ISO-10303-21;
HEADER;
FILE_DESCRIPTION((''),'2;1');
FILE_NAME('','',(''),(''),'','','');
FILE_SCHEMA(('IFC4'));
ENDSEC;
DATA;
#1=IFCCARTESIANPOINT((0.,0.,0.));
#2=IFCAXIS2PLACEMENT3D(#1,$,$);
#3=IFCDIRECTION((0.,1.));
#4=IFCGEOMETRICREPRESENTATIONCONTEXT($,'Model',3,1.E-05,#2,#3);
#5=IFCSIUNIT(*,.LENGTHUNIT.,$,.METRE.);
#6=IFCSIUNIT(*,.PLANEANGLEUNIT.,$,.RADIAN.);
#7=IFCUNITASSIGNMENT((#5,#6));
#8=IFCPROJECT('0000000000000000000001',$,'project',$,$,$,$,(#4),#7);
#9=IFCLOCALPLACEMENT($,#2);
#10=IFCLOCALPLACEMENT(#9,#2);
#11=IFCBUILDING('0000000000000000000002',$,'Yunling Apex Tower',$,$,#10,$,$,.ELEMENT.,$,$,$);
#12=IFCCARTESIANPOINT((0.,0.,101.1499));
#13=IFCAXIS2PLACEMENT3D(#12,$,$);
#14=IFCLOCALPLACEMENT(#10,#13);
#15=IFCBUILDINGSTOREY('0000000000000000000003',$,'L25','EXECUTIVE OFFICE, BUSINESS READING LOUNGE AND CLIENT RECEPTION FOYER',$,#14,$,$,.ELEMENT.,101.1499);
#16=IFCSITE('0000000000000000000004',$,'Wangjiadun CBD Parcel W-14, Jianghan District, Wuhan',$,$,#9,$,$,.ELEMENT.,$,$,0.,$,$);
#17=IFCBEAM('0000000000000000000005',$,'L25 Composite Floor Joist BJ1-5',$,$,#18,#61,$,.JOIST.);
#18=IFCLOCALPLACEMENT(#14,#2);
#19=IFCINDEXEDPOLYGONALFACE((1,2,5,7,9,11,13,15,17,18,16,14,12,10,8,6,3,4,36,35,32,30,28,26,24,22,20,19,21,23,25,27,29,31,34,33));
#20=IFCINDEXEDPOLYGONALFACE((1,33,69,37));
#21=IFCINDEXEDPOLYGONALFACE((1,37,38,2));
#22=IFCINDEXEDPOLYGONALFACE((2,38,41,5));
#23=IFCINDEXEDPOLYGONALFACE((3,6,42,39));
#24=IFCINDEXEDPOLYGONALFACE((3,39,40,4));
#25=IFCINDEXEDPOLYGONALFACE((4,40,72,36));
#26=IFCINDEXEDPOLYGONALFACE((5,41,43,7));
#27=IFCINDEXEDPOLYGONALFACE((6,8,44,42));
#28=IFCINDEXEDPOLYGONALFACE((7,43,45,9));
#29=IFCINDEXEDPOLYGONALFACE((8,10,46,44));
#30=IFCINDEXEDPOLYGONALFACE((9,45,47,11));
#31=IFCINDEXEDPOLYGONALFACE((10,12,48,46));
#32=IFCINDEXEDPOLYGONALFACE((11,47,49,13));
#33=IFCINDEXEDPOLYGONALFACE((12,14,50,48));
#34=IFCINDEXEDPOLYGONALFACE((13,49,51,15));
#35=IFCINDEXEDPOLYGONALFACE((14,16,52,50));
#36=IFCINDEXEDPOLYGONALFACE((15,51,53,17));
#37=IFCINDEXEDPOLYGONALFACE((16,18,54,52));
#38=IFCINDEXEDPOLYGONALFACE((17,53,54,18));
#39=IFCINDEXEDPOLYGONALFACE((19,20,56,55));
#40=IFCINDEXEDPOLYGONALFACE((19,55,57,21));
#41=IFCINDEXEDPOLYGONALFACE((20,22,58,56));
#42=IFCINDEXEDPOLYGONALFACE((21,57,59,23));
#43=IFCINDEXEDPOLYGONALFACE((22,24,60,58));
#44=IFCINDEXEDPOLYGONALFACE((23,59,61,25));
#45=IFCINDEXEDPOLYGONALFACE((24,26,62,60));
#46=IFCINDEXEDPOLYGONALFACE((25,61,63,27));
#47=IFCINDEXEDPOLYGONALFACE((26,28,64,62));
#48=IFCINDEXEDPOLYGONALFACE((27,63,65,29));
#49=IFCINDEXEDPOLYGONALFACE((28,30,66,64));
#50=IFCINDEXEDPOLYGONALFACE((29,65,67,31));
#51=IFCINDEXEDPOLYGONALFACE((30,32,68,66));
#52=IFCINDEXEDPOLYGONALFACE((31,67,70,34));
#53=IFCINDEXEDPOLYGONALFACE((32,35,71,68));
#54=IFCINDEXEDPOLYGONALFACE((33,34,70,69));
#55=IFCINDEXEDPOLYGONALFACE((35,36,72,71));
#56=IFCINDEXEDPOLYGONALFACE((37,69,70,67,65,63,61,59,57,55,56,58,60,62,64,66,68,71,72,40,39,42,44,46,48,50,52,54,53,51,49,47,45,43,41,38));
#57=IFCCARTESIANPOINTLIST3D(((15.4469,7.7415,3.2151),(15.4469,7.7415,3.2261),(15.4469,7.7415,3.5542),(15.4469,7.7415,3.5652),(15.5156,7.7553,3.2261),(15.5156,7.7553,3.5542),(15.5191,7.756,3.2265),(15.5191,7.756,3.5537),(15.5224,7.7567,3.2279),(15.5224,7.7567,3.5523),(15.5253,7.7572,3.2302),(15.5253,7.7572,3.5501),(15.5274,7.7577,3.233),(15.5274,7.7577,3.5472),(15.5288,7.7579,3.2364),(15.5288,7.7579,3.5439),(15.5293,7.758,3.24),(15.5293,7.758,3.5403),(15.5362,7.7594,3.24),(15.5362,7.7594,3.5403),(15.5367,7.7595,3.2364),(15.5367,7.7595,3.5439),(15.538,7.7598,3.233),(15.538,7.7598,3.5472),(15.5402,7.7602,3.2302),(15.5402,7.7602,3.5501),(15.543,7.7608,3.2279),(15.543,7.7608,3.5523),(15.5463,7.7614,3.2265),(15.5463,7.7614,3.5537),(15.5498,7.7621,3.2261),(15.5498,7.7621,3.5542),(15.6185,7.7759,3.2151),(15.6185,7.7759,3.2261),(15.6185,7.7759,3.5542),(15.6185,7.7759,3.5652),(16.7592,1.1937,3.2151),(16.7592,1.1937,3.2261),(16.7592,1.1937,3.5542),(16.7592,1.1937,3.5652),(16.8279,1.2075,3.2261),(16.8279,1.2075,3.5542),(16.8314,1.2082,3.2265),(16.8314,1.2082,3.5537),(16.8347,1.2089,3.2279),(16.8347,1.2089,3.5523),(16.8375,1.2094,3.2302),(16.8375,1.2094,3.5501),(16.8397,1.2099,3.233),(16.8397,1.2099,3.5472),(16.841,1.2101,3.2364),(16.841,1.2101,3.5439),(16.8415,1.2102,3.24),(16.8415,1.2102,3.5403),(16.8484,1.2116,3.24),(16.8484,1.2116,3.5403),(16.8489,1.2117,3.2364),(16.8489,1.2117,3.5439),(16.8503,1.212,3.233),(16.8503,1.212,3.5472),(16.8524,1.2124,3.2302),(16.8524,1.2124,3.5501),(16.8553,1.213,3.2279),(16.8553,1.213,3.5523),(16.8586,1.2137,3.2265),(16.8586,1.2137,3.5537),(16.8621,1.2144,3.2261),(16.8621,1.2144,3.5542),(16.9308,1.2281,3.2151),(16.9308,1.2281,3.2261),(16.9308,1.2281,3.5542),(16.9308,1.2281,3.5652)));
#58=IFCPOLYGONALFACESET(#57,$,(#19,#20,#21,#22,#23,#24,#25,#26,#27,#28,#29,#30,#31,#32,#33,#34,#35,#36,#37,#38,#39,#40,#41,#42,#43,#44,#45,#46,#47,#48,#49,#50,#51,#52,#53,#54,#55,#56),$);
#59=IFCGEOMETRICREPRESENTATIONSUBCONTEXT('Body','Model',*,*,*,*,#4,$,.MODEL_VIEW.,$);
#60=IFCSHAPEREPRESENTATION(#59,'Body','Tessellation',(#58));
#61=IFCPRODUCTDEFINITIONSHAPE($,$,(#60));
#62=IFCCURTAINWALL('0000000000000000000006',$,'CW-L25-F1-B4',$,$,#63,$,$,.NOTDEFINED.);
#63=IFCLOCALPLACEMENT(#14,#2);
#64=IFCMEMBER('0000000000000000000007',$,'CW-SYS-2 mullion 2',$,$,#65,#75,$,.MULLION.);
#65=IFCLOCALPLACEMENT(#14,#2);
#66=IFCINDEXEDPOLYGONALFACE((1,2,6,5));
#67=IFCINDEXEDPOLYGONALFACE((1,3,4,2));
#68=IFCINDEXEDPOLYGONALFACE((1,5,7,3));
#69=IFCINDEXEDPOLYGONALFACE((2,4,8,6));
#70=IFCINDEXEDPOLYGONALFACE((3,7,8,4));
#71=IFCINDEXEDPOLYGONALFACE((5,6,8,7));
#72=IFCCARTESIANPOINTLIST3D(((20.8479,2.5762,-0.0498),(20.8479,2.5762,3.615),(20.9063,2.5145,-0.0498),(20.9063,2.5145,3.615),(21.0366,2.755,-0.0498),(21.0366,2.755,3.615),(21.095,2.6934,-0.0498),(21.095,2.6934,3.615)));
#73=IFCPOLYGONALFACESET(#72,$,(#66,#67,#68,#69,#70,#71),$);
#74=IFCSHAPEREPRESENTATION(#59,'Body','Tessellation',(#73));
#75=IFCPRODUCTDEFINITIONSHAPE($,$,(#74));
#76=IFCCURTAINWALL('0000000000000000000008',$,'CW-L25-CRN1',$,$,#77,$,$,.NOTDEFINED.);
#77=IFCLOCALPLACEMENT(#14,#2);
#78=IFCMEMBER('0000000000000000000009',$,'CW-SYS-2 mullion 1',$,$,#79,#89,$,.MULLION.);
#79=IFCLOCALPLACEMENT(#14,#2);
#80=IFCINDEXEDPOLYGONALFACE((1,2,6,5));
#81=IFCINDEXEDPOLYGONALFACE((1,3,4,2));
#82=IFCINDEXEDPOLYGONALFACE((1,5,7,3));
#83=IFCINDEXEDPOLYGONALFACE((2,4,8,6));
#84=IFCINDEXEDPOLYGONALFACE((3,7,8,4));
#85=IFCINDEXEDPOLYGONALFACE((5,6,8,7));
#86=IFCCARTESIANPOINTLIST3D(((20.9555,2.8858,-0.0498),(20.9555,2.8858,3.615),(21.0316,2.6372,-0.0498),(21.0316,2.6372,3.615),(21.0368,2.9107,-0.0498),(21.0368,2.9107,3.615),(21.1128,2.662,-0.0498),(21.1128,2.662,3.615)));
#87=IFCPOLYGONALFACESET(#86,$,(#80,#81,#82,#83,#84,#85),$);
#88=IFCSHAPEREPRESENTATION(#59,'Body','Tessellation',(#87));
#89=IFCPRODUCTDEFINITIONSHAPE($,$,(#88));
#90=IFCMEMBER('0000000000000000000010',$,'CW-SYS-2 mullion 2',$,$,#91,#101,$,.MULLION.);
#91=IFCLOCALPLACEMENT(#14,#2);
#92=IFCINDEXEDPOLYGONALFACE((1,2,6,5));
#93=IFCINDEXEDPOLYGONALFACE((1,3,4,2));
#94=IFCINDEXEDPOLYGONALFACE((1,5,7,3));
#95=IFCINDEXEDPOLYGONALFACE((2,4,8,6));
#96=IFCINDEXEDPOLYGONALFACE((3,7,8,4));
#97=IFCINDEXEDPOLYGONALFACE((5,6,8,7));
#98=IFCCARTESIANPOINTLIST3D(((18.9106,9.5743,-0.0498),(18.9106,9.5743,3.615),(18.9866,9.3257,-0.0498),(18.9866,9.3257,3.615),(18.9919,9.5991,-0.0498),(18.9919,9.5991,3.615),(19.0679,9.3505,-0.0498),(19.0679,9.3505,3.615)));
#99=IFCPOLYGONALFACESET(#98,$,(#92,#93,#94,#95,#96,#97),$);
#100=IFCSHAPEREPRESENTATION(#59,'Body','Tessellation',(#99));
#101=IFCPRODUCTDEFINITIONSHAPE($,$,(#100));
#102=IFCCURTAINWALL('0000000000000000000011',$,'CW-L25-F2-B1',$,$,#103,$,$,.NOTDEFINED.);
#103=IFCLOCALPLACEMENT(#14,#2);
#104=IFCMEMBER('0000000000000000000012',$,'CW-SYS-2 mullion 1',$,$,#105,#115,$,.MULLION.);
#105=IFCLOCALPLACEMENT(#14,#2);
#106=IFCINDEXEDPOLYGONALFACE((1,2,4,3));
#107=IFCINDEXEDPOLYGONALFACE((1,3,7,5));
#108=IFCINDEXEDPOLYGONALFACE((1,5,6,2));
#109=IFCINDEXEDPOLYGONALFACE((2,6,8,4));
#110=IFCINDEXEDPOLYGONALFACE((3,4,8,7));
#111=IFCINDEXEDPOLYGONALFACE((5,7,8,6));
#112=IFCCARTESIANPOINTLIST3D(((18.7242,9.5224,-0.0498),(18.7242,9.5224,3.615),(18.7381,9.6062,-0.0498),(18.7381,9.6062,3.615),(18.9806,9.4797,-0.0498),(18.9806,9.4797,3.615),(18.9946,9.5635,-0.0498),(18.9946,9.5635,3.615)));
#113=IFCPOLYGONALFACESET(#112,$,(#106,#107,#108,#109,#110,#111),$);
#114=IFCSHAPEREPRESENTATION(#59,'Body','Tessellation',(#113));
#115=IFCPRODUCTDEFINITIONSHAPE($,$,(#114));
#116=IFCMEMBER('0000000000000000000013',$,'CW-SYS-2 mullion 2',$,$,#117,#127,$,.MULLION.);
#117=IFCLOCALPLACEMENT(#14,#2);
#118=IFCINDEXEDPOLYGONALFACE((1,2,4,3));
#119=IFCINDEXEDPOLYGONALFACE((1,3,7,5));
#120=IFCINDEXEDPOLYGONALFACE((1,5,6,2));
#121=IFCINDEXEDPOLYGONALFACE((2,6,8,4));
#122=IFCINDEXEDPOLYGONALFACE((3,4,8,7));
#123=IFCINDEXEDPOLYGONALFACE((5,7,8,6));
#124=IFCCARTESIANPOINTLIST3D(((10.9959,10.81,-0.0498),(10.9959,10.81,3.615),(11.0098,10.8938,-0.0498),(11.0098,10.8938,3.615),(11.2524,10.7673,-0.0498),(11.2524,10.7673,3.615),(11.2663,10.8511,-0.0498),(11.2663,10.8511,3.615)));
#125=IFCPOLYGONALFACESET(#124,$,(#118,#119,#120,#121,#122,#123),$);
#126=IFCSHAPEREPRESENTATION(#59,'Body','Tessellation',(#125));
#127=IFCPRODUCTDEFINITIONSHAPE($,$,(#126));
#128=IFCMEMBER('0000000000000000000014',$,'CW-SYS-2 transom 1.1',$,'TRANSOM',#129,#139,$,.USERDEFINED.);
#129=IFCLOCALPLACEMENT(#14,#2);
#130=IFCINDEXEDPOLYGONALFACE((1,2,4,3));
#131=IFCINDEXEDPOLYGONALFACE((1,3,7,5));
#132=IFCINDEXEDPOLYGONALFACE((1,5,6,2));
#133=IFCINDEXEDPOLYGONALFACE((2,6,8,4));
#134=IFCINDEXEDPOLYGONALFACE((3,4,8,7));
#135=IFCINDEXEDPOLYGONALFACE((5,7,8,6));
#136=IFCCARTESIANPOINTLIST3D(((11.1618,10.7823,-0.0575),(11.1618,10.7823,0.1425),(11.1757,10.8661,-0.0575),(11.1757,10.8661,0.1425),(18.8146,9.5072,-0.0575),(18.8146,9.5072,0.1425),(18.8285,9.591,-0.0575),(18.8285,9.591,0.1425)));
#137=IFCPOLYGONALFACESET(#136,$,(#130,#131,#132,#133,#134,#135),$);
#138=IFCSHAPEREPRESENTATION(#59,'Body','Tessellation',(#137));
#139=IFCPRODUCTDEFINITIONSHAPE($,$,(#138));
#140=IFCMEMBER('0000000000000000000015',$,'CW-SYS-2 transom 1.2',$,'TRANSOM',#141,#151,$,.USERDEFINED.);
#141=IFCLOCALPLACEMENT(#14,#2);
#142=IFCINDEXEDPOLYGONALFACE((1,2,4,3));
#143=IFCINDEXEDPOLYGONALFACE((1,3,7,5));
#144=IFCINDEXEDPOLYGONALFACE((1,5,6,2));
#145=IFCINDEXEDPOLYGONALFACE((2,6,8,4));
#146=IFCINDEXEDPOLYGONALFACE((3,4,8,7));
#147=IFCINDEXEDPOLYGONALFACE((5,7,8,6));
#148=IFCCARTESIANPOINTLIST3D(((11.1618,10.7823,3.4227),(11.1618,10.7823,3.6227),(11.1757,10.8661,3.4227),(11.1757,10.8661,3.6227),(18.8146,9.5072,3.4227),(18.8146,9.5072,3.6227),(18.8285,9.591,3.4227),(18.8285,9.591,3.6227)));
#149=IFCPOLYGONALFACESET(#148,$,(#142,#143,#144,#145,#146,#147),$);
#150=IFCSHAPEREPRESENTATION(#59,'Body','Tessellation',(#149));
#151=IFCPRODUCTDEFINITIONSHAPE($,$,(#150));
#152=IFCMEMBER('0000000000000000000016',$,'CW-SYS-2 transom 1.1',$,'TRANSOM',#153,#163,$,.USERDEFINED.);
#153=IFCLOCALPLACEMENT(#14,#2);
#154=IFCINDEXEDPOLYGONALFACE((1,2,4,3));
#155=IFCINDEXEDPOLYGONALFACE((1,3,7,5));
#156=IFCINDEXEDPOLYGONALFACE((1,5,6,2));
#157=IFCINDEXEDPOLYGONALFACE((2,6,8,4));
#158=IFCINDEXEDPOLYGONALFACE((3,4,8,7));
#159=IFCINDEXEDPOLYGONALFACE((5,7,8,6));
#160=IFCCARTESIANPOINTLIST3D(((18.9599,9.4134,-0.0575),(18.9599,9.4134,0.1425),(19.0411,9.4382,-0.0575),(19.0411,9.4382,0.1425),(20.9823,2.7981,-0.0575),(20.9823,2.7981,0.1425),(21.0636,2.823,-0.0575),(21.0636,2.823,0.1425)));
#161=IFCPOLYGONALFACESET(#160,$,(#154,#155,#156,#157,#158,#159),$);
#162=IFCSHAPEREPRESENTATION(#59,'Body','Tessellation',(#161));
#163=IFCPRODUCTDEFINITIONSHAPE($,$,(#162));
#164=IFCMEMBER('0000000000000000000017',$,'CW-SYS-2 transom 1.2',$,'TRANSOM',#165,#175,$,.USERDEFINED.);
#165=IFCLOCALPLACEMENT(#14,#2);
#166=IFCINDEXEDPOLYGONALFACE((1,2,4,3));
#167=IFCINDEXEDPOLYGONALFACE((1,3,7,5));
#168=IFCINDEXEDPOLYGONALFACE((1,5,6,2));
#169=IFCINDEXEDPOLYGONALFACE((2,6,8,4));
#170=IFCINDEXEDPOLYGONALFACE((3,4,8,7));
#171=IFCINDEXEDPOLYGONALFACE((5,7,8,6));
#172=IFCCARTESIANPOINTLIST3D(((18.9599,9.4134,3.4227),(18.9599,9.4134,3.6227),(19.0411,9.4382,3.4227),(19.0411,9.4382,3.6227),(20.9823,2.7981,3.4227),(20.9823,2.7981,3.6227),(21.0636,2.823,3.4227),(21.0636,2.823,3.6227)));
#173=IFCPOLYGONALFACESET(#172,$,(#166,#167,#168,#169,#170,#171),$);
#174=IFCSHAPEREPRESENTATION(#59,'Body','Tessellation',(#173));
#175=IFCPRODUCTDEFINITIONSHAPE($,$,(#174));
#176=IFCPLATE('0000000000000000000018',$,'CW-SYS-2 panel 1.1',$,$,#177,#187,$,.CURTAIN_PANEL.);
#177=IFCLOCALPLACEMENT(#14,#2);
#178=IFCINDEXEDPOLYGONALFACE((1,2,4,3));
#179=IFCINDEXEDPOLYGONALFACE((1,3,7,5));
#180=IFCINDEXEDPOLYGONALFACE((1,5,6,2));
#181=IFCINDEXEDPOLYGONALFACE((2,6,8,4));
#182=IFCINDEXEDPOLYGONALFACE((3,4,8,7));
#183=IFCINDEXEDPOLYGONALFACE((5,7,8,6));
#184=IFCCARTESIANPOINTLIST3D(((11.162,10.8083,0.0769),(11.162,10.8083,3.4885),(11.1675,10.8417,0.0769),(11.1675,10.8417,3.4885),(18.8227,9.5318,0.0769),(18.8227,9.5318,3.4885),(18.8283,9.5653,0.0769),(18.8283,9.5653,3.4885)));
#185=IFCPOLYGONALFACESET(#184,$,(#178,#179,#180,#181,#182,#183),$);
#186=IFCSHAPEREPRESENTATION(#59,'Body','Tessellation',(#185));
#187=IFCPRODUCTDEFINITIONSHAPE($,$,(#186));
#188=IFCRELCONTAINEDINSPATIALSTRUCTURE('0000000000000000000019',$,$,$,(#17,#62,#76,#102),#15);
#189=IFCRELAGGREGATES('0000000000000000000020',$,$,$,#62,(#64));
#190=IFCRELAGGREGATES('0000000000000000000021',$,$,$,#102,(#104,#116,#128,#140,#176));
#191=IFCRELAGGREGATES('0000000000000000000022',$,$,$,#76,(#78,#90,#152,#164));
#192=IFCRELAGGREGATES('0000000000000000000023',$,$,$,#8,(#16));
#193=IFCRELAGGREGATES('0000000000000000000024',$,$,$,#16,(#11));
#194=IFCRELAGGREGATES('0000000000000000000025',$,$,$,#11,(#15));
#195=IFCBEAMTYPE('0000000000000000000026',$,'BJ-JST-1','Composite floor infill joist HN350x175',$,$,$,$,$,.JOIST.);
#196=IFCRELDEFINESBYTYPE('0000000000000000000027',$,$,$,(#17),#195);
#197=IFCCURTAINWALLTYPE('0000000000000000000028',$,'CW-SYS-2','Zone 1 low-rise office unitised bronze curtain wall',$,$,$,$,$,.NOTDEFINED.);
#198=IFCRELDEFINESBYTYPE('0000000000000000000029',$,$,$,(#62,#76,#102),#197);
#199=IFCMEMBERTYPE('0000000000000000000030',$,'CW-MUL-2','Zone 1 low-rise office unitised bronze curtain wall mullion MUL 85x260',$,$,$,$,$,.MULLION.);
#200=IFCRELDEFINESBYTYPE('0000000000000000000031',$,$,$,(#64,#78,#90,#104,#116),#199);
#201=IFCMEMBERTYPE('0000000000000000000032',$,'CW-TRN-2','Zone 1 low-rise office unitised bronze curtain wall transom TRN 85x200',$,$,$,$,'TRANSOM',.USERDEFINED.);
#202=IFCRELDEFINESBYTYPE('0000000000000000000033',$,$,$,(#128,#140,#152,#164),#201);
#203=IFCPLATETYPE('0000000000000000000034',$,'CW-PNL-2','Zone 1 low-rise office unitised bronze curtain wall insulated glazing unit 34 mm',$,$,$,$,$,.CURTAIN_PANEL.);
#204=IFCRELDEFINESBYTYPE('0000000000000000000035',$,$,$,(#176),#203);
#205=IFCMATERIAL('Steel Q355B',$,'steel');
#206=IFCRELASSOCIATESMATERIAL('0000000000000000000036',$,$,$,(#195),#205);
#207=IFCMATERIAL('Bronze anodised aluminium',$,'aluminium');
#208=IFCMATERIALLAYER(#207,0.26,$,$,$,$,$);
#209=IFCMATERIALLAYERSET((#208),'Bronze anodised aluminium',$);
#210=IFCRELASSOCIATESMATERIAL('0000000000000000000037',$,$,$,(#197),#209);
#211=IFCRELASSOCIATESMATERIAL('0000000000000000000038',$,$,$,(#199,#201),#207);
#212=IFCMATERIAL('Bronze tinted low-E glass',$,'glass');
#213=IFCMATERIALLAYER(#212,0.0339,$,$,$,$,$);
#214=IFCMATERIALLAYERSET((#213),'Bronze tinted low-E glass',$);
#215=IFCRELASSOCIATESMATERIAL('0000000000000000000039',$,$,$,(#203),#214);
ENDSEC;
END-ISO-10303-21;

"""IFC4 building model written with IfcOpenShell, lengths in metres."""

from ifc_helpers import new_model, si_unit, direction, frame, origin, origin_2d, place, context, subcontext, project, spatial, rectangle, i_section, extrude, source, transform, mapped, material, layer, layer_set, material_profile, profile_set, type_object, element, aggregate, save


model = new_model("IFC4")

# Units and contexts
model_context = context("Model", 3, precision=1e-05, world=origin(), true_north=direction((0.0, 1.0)))
body_context = subcontext(model_context, "Body", "Model", "MODEL_VIEW")
ifc_project = project(units=[si_unit("LENGTHUNIT", "METRE"), si_unit("PLANEANGLEUNIT", "RADIAN")], contexts=[model_context])

# Site, building, storey
site_placement = place(None, origin())
site = spatial("IfcSite", under=ifc_project, at=site_placement, Name="Wangjiadun CBD Parcel W-14, Jianghan District, Wuhan", CompositionType="ELEMENT", RefElevation=0.0)
building_placement = place(site_placement, origin())
building = spatial("IfcBuilding", under=site, at=building_placement, Name="Yunling Apex Tower", CompositionType="ELEMENT")
storey_placement = place(building_placement, frame((0.0, 0.0, 101.1499)))
storey = spatial("IfcBuildingStorey", under=building, at=storey_placement, Name="L25", Description="EXECUTIVE OFFICE, BUSINESS READING LOUNGE AND CLIENT RECEPTION FOYER", CompositionType="ELEMENT", Elevation=101.1499)

# Beam
ifc_material_1 = material(Name="Steel Q355B", Category="steel")
ifc_material_profile_1 = material_profile(ifc_material_1, i_section(OverallWidth=0.175, OverallDepth=0.3501, WebThickness=0.0071, FlangeThickness=0.011, FilletRadius=0.0139, at=origin_2d()))
ifc_profile_set_1 = profile_set([ifc_material_profile_1], Name="Steel Q355B")
beam_type_1 = type_object("IfcBeamType", Name="BJ-JST-1", Description="Composite floor infill joist HN350x175", PredefinedType="JOIST", material=ifc_profile_set_1)
shared_shape_1 = source(origin(), body_context, "Body", "SweptSolid", [
    extrude(i_section(OverallWidth=0.175, OverallDepth=0.3501, WebThickness=0.0071, FlangeThickness=0.011, FilletRadius=0.0139, at=origin_2d()), origin(), (0.0, 0.0, 1.0), 6.678),
])
beam_1_placement = place(storey_placement, frame((16.845, 1.2109, 3.3901), z_axis=(-0.196503, 0.980503, 0.0), x_axis=(-0.980503, -0.196503, 0.0)))
element("IfcBeam", 1, at=beam_1_placement, inside=storey, type_object=beam_type_1, Name="L25 Composite Floor Joist BJ1-5", PredefinedType="JOIST", context=body_context, shape_type="MappedRepresentation", body=[
    mapped(shared_shape_1, transform((0.0, 0.0, 0.0), scale=1.0)),
])

# Curtain wall, member
ifc_material_2 = material(Name="Bronze anodised aluminium", Category="aluminium")
ifc_layer_1 = layer(ifc_material_2, 0.26)
ifc_layer_set_1 = layer_set([ifc_layer_1], Name="Bronze anodised aluminium")
curtain_wall_type = type_object("IfcCurtainWallType", Name="CW-SYS-2", Description="Zone 1 low-rise office unitised bronze curtain wall", PredefinedType="NOTDEFINED", material=ifc_layer_set_1)
curtain_wall_1_placement = place(storey_placement, origin())
curtain_wall_1 = element("IfcCurtainWall", 2, at=curtain_wall_1_placement, inside=storey, type_object=curtain_wall_type, Name="CW-L25-F1-B4", PredefinedType="NOTDEFINED")
ifc_material_profile_2 = material_profile(ifc_material_2, rectangle(XDim=0.085, YDim=0.26, at=origin_2d()))
ifc_profile_set_2 = profile_set([ifc_material_profile_2], Name="Bronze anodised aluminium")
member_type_1 = type_object("IfcMemberType", Name="CW-MUL-2", Description="Zone 1 low-rise office unitised bronze curtain wall mullion MUL 85x260", PredefinedType="MULLION", material=ifc_profile_set_2)
shared_shape_2 = source(origin(), body_context, "Body", "SweptSolid", [
    extrude(rectangle(XDim=0.085, YDim=0.26, at=origin_2d()), origin(), (0.0, 0.0, 1.0), 3.6648),
])
member_1_placement = place(storey_placement, frame((20.9714, 2.6348, -0.0498), z_axis=(0.0, 0.0, 1.0), x_axis=(-0.687861, 0.725842, 0.0)))
member_1 = element("IfcMember", 3, at=member_1_placement, type_object=member_type_1, Name="CW-SYS-2 mullion 2", PredefinedType="MULLION", context=body_context, shape_type="MappedRepresentation", body=[
    mapped(shared_shape_2, transform((0.0, 0.0, 0.0), scale=1.0)),
])
aggregate(curtain_wall_1, [member_1])

# Curtain walls, members
curtain_wall_2_placement = place(storey_placement, origin())
curtain_wall_2 = element("IfcCurtainWall", 4, at=curtain_wall_2_placement, inside=storey, type_object=curtain_wall_type, Name="CW-L25-CRN1", PredefinedType="NOTDEFINED")
member_2_placement = place(storey_placement, frame((21.0342, 2.7739, -0.0498), z_axis=(0.0, 0.0, 1.0), x_axis=(-0.956304, -0.292375, 0.0)))
member_2 = element("IfcMember", 5, at=member_2_placement, type_object=member_type_1, Name="CW-SYS-2 mullion 1", PredefinedType="MULLION", context=body_context, shape_type="MappedRepresentation", body=[
    mapped(shared_shape_2, transform((0.0, 0.0, 0.0), scale=1.0)),
])
member_3_placement = place(storey_placement, frame((18.9893, 9.4624, -0.0498), z_axis=(0.0, 0.0, 1.0), x_axis=(-0.956304, -0.292375, 0.0)))
member_3 = element("IfcMember", 6, at=member_3_placement, type_object=member_type_1, Name="CW-SYS-2 mullion 2", PredefinedType="MULLION", context=body_context, shape_type="MappedRepresentation", body=[
    mapped(shared_shape_2, transform((0.0, 0.0, 0.0), scale=1.0)),
])
curtain_wall_3_placement = place(storey_placement, origin())
curtain_wall_3 = element("IfcCurtainWall", 7, at=curtain_wall_3_placement, inside=storey, type_object=curtain_wall_type, Name="CW-L25-F2-B1", PredefinedType="NOTDEFINED")
member_4_placement = place(storey_placement, frame((18.8594, 9.543, -0.0498), z_axis=(0.0, 0.0, 1.0), x_axis=(-0.16436, -0.9864, 0.0)))
member_4 = element("IfcMember", 8, at=member_4_placement, type_object=member_type_1, Name="CW-SYS-2 mullion 1", PredefinedType="MULLION", context=body_context, shape_type="MappedRepresentation", body=[
    mapped(shared_shape_2, transform((0.0, 0.0, 0.0), scale=1.0)),
])
member_5_placement = place(storey_placement, frame((11.1311, 10.8306, -0.0498), z_axis=(0.0, 0.0, 1.0), x_axis=(-0.16436, -0.9864, 0.0)))
member_5 = element("IfcMember", 9, at=member_5_placement, type_object=member_type_1, Name="CW-SYS-2 mullion 2", PredefinedType="MULLION", context=body_context, shape_type="MappedRepresentation", body=[
    mapped(shared_shape_2, transform((0.0, 0.0, 0.0), scale=1.0)),
])
ifc_material_profile_3 = material_profile(ifc_material_2, rectangle(XDim=0.085, YDim=0.2, at=origin_2d()))
ifc_profile_set_3 = profile_set([ifc_material_profile_3], Name="Bronze anodised aluminium")
member_type_2 = type_object("IfcMemberType", Name="CW-TRN-2", Description="Zone 1 low-rise office unitised bronze curtain wall transom TRN 85x200", ElementType="TRANSOM", PredefinedType="USERDEFINED", material=ifc_profile_set_3)
shared_shape_3 = source(origin(), body_context, "Body", "SweptSolid", [
    extrude(rectangle(XDim=0.085, YDim=0.2, at=origin_2d()), origin(), (0.0, 0.0, 1.0), 7.7583),
])
member_6_placement = place(storey_placement, frame((18.8215, 9.5491, 0.0425), z_axis=(-0.986401, 0.164358, 0.0), x_axis=(-0.164358, -0.986401, 0.0)))
member_6 = element("IfcMember", 10, at=member_6_placement, type_object=member_type_2, Name="CW-SYS-2 transom 1.1", ObjectType="TRANSOM", PredefinedType="USERDEFINED", context=body_context, shape_type="MappedRepresentation", body=[
    mapped(shared_shape_3, transform((0.0, 0.0, 0.0), scale=1.0)),
])
member_7_placement = place(storey_placement, frame((18.8215, 9.5491, 3.5227), z_axis=(-0.986401, 0.164358, 0.0), x_axis=(-0.164358, -0.986401, 0.0)))
member_7 = element("IfcMember", 11, at=member_7_placement, type_object=member_type_2, Name="CW-SYS-2 transom 1.2", ObjectType="TRANSOM", PredefinedType="USERDEFINED", context=body_context, shape_type="MappedRepresentation", body=[
    mapped(shared_shape_3, transform((0.0, 0.0, 0.0), scale=1.0)),
])

# Members
shared_shape_4 = source(origin(), body_context, "Body", "SweptSolid", [
    extrude(rectangle(XDim=0.085, YDim=0.2, at=origin_2d()), origin(), (0.0, 0.0, 1.0), 6.9175),
])
member_8_placement = place(storey_placement, frame((21.0229, 2.8105, 0.0425), z_axis=(-0.292369, 0.956306, 0.0), x_axis=(-0.956306, -0.292369, 0.0)))
member_8 = element("IfcMember", 12, at=member_8_placement, type_object=member_type_2, Name="CW-SYS-2 transom 1.1", ObjectType="TRANSOM", PredefinedType="USERDEFINED", context=body_context, shape_type="MappedRepresentation", body=[
    mapped(shared_shape_4, transform((0.0, 0.0, 0.0), scale=1.0)),
])
member_9_placement = place(storey_placement, frame((21.0229, 2.8105, 3.5227), z_axis=(-0.292369, 0.956306, 0.0), x_axis=(-0.956306, -0.292369, 0.0)))
member_9 = element("IfcMember", 13, at=member_9_placement, type_object=member_type_2, Name="CW-SYS-2 transom 1.2", ObjectType="TRANSOM", PredefinedType="USERDEFINED", context=body_context, shape_type="MappedRepresentation", body=[
    mapped(shared_shape_4, transform((0.0, 0.0, 0.0), scale=1.0)),
])

# Plate
ifc_material_3 = material(Name="Bronze tinted low-E glass", Category="glass")
ifc_layer_2 = layer(ifc_material_3, 0.0339)
ifc_layer_set_2 = layer_set([ifc_layer_2], Name="Bronze tinted low-E glass")
plate_type = type_object("IfcPlateType", Name="CW-PNL-2", Description="Zone 1 low-rise office unitised bronze curtain wall insulated glazing unit 34 mm", PredefinedType="CURTAIN_PANEL", material=ifc_layer_set_2)
shared_shape_5 = source(origin(), body_context, "Body", "SweptSolid", [
    extrude(rectangle(XDim=7.7664, YDim=0.0339, at=origin_2d()), origin(), (0.0, 0.0, 1.0), 3.4116),
])
plate_1_placement = place(storey_placement, frame((14.9951, 10.1868, 0.0769), z_axis=(0.0, 0.0, 1.0), x_axis=(-0.9864, 0.16436, 0.0)))
plate_1 = element("IfcPlate", 14, at=plate_1_placement, type_object=plate_type, Name="CW-SYS-2 panel 1.1", PredefinedType="CURTAIN_PANEL", context=body_context, shape_type="MappedRepresentation", body=[
    mapped(shared_shape_5, transform((0.0, 0.0, 0.0), scale=1.0)),
])
aggregate(curtain_wall_3, [member_4, member_5, member_6, member_7, plate_1])
aggregate(curtain_wall_2, [member_2, member_3, member_8, member_9])

save(model, "model.ifc")
